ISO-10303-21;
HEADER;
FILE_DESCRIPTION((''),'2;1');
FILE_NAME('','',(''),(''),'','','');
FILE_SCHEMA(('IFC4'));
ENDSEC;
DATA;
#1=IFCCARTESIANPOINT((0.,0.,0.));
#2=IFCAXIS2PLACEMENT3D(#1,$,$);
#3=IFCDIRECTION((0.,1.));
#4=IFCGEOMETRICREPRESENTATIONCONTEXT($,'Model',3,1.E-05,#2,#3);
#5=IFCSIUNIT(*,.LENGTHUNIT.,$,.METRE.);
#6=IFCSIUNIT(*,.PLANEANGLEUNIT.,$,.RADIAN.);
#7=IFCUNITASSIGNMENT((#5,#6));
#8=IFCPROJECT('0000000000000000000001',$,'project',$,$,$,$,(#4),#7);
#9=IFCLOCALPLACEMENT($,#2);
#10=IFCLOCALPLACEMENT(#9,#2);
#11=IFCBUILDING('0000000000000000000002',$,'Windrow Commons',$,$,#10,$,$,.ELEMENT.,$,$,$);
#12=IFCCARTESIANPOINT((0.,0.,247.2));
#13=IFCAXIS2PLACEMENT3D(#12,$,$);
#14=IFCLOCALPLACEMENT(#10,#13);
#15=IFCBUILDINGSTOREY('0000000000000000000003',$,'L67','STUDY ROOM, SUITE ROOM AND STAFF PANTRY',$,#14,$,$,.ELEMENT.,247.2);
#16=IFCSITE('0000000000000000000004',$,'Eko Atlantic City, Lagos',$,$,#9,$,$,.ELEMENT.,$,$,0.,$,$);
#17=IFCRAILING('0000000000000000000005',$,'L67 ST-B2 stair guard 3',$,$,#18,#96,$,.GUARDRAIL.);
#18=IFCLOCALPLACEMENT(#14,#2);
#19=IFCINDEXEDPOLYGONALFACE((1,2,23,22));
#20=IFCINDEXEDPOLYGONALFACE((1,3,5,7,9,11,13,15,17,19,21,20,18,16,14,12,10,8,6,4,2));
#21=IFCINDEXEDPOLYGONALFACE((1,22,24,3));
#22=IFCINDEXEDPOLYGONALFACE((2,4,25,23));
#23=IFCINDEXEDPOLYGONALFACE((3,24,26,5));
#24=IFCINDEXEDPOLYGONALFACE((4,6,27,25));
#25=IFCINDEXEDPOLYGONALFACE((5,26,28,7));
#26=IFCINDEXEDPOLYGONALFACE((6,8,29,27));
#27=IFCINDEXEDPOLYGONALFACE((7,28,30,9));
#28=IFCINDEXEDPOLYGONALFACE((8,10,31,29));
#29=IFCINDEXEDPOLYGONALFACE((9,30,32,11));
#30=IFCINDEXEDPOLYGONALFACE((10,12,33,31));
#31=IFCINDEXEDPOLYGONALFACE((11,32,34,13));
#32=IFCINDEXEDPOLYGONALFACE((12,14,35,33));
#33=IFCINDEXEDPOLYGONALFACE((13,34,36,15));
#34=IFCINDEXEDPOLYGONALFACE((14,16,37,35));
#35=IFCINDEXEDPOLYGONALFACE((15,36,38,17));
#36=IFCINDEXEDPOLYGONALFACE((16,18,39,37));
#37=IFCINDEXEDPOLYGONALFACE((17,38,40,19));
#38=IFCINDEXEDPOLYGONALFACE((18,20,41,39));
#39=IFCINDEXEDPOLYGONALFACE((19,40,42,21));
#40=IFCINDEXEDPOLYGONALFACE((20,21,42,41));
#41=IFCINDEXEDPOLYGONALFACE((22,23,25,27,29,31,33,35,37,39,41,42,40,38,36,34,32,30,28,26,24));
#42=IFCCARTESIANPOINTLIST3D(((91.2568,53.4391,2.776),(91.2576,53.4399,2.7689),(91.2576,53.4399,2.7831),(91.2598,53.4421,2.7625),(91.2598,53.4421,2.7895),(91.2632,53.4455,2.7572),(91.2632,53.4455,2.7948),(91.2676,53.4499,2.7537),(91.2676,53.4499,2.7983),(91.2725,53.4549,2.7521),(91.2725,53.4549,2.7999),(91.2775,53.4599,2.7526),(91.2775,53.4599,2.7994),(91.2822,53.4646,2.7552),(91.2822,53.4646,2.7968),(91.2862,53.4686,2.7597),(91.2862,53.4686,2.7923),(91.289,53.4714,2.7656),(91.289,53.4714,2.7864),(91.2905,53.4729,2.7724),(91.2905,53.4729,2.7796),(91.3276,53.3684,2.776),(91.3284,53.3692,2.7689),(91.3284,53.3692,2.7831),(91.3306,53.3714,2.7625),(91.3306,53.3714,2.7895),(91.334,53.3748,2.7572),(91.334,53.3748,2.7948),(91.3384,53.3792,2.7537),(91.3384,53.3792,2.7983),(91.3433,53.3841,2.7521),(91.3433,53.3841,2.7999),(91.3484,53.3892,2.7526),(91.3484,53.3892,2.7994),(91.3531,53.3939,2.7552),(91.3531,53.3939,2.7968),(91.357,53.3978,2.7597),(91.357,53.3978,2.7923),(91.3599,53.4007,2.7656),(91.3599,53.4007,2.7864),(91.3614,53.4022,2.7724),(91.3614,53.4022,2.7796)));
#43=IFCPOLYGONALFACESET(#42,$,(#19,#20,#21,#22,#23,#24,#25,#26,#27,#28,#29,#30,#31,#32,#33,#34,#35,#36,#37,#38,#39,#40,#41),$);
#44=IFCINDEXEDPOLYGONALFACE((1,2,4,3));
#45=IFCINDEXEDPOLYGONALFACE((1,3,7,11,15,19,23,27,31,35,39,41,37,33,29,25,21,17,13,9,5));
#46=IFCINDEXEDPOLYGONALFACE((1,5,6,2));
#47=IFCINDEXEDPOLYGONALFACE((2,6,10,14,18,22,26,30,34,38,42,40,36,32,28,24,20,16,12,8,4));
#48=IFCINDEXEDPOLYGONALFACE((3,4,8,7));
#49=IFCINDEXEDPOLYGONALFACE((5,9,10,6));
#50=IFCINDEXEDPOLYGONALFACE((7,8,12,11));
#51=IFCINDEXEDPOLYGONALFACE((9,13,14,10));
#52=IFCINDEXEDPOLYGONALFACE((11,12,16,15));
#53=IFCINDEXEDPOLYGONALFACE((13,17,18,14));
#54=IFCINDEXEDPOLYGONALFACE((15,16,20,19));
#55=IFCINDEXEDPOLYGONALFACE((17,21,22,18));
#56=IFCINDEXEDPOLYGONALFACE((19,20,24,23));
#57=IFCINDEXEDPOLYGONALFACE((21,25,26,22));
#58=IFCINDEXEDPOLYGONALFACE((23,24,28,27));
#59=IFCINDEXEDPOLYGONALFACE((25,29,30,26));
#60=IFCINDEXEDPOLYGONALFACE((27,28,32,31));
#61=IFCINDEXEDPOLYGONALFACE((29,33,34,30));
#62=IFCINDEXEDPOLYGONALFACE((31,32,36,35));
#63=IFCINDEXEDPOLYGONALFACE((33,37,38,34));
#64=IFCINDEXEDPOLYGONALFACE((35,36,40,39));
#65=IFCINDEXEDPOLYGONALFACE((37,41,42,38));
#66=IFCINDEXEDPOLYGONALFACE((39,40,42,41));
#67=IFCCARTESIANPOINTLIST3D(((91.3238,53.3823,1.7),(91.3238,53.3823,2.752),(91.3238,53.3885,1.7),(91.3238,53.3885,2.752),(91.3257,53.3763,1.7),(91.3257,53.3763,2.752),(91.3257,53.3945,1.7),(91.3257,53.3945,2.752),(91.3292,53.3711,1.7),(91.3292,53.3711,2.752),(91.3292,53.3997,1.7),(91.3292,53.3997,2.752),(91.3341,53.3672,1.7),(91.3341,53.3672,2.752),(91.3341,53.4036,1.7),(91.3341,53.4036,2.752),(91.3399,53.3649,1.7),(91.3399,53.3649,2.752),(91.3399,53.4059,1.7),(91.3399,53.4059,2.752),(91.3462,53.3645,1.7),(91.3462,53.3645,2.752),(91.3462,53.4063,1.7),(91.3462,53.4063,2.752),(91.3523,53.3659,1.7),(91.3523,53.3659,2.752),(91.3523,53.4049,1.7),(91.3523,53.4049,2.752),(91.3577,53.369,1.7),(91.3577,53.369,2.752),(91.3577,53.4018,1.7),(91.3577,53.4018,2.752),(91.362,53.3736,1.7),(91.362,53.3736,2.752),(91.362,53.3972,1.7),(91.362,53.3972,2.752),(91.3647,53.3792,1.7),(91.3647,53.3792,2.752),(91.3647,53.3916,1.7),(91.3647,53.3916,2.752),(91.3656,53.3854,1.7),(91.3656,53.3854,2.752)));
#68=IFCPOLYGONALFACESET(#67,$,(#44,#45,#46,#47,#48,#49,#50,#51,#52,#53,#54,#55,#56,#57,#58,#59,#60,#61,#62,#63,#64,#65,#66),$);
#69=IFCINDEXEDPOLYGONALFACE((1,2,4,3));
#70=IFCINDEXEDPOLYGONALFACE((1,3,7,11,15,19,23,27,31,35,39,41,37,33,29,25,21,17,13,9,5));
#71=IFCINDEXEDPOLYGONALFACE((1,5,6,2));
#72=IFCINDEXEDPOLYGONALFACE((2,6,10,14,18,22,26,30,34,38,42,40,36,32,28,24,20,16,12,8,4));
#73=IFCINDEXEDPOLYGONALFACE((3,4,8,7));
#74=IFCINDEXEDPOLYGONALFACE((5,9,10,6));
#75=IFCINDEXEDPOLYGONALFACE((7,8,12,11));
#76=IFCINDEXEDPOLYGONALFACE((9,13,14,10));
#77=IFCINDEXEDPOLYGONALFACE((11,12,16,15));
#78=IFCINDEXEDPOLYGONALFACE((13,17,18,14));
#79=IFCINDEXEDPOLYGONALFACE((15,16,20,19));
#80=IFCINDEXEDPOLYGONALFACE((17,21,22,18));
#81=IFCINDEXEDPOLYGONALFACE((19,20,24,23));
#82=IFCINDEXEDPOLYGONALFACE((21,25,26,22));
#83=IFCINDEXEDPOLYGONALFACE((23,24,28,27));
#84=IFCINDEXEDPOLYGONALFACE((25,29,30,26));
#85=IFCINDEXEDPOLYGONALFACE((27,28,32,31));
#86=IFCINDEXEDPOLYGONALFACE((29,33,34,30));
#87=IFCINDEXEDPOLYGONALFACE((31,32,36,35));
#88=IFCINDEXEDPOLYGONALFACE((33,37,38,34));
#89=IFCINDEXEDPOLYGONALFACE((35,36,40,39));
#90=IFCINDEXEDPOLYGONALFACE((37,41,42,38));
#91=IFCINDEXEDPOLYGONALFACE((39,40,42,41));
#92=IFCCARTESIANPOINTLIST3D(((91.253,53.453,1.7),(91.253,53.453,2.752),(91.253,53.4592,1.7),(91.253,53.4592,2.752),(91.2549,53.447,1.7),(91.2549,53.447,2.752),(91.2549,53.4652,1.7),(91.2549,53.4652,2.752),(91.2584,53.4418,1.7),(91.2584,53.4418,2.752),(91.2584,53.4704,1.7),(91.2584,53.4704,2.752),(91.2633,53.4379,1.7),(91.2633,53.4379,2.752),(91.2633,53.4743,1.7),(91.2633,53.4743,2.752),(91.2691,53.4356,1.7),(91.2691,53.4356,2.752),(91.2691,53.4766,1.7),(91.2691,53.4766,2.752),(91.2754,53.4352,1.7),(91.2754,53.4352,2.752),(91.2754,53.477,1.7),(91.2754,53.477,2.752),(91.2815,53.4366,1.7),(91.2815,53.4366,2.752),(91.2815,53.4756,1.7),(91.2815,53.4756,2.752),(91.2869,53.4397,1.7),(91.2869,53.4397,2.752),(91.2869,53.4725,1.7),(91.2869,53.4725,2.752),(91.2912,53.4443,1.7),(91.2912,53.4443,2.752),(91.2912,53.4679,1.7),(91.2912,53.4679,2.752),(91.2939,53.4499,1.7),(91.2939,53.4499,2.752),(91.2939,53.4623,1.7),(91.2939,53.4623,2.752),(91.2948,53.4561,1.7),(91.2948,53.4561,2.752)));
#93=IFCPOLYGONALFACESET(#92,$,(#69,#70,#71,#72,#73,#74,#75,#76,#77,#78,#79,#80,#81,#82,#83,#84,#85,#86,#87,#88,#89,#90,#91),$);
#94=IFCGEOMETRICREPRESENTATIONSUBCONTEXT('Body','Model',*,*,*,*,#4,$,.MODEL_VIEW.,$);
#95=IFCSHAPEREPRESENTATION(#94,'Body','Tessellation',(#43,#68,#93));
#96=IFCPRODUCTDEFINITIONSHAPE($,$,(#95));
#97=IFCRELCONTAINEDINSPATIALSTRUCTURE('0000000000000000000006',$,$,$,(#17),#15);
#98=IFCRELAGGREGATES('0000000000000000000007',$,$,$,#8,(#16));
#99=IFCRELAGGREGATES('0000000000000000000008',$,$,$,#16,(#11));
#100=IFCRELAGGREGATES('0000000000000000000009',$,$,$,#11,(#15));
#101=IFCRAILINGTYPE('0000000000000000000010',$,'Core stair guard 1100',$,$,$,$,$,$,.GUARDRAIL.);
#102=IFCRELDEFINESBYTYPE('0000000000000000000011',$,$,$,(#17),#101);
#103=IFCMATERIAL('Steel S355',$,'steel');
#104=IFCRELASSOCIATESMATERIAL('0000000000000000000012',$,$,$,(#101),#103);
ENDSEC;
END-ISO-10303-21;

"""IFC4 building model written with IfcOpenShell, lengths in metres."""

from ifc_helpers import new_model, si_unit, direction, frame, origin, origin_2d, place, context, subcontext, project, spatial, circle, extrude, material, type_object, element, save


model = new_model("IFC4")

# Units and contexts
model_context = context("Model", 3, precision=1e-05, world=origin(), true_north=direction((0.0, 1.0)))
body_context = subcontext(model_context, "Body", "Model", "MODEL_VIEW")
ifc_project = project(units=[si_unit("LENGTHUNIT", "METRE"), si_unit("PLANEANGLEUNIT", "RADIAN")], contexts=[model_context])

# Site, building, storey
site_placement = place(None, origin())
site = spatial("IfcSite", under=ifc_project, at=site_placement, Name="Eko Atlantic City, Lagos", CompositionType="ELEMENT", RefElevation=0.0)
building_placement = place(site_placement, origin())
building = spatial("IfcBuilding", under=site, at=building_placement, Name="Windrow Commons", CompositionType="ELEMENT")
storey_placement = place(building_placement, frame((0.0, 0.0, 247.2)))
storey = spatial("IfcBuildingStorey", under=building, at=storey_placement, Name="L67", Description="STUDY ROOM, SUITE ROOM AND STAFF PANTRY", CompositionType="ELEMENT", Elevation=247.2)

# Railing
ifc_material_1 = material(Name="Steel S355", Category="steel")
railing_type = type_object("IfcRailingType", Name="Core stair guard 1100", PredefinedType="GUARDRAIL", material=ifc_material_1)
railing_placement = place(storey_placement, frame((91.3446, 53.3854, 1.7)))
element("IfcRailing", 1, at=railing_placement, inside=storey, type_object=railing_type, Name="L67 ST-B2 stair guard 3", PredefinedType="GUARDRAIL", context=body_context, shape_type="SweptSolid", body=[
    extrude(circle(Radius=0.024, at=origin_2d()), frame((0.0, 0.0, 1.076), z_axis=(-0.707606, 0.706607, 0.0), x_axis=(-0.706607, -0.707606, 0.0)), (0.0, 0.0, 1.0), 0.1001),
    extrude(circle(Radius=0.021, at=origin_2d()), origin(), (0.0, 0.0, 1.0), 1.052),
    extrude(circle(Radius=0.021, at=origin_2d()), frame((-0.0708, 0.0707, 0.0)), (0.0, 0.0, 1.0), 1.052),
])

save(model, "model.ifc")
